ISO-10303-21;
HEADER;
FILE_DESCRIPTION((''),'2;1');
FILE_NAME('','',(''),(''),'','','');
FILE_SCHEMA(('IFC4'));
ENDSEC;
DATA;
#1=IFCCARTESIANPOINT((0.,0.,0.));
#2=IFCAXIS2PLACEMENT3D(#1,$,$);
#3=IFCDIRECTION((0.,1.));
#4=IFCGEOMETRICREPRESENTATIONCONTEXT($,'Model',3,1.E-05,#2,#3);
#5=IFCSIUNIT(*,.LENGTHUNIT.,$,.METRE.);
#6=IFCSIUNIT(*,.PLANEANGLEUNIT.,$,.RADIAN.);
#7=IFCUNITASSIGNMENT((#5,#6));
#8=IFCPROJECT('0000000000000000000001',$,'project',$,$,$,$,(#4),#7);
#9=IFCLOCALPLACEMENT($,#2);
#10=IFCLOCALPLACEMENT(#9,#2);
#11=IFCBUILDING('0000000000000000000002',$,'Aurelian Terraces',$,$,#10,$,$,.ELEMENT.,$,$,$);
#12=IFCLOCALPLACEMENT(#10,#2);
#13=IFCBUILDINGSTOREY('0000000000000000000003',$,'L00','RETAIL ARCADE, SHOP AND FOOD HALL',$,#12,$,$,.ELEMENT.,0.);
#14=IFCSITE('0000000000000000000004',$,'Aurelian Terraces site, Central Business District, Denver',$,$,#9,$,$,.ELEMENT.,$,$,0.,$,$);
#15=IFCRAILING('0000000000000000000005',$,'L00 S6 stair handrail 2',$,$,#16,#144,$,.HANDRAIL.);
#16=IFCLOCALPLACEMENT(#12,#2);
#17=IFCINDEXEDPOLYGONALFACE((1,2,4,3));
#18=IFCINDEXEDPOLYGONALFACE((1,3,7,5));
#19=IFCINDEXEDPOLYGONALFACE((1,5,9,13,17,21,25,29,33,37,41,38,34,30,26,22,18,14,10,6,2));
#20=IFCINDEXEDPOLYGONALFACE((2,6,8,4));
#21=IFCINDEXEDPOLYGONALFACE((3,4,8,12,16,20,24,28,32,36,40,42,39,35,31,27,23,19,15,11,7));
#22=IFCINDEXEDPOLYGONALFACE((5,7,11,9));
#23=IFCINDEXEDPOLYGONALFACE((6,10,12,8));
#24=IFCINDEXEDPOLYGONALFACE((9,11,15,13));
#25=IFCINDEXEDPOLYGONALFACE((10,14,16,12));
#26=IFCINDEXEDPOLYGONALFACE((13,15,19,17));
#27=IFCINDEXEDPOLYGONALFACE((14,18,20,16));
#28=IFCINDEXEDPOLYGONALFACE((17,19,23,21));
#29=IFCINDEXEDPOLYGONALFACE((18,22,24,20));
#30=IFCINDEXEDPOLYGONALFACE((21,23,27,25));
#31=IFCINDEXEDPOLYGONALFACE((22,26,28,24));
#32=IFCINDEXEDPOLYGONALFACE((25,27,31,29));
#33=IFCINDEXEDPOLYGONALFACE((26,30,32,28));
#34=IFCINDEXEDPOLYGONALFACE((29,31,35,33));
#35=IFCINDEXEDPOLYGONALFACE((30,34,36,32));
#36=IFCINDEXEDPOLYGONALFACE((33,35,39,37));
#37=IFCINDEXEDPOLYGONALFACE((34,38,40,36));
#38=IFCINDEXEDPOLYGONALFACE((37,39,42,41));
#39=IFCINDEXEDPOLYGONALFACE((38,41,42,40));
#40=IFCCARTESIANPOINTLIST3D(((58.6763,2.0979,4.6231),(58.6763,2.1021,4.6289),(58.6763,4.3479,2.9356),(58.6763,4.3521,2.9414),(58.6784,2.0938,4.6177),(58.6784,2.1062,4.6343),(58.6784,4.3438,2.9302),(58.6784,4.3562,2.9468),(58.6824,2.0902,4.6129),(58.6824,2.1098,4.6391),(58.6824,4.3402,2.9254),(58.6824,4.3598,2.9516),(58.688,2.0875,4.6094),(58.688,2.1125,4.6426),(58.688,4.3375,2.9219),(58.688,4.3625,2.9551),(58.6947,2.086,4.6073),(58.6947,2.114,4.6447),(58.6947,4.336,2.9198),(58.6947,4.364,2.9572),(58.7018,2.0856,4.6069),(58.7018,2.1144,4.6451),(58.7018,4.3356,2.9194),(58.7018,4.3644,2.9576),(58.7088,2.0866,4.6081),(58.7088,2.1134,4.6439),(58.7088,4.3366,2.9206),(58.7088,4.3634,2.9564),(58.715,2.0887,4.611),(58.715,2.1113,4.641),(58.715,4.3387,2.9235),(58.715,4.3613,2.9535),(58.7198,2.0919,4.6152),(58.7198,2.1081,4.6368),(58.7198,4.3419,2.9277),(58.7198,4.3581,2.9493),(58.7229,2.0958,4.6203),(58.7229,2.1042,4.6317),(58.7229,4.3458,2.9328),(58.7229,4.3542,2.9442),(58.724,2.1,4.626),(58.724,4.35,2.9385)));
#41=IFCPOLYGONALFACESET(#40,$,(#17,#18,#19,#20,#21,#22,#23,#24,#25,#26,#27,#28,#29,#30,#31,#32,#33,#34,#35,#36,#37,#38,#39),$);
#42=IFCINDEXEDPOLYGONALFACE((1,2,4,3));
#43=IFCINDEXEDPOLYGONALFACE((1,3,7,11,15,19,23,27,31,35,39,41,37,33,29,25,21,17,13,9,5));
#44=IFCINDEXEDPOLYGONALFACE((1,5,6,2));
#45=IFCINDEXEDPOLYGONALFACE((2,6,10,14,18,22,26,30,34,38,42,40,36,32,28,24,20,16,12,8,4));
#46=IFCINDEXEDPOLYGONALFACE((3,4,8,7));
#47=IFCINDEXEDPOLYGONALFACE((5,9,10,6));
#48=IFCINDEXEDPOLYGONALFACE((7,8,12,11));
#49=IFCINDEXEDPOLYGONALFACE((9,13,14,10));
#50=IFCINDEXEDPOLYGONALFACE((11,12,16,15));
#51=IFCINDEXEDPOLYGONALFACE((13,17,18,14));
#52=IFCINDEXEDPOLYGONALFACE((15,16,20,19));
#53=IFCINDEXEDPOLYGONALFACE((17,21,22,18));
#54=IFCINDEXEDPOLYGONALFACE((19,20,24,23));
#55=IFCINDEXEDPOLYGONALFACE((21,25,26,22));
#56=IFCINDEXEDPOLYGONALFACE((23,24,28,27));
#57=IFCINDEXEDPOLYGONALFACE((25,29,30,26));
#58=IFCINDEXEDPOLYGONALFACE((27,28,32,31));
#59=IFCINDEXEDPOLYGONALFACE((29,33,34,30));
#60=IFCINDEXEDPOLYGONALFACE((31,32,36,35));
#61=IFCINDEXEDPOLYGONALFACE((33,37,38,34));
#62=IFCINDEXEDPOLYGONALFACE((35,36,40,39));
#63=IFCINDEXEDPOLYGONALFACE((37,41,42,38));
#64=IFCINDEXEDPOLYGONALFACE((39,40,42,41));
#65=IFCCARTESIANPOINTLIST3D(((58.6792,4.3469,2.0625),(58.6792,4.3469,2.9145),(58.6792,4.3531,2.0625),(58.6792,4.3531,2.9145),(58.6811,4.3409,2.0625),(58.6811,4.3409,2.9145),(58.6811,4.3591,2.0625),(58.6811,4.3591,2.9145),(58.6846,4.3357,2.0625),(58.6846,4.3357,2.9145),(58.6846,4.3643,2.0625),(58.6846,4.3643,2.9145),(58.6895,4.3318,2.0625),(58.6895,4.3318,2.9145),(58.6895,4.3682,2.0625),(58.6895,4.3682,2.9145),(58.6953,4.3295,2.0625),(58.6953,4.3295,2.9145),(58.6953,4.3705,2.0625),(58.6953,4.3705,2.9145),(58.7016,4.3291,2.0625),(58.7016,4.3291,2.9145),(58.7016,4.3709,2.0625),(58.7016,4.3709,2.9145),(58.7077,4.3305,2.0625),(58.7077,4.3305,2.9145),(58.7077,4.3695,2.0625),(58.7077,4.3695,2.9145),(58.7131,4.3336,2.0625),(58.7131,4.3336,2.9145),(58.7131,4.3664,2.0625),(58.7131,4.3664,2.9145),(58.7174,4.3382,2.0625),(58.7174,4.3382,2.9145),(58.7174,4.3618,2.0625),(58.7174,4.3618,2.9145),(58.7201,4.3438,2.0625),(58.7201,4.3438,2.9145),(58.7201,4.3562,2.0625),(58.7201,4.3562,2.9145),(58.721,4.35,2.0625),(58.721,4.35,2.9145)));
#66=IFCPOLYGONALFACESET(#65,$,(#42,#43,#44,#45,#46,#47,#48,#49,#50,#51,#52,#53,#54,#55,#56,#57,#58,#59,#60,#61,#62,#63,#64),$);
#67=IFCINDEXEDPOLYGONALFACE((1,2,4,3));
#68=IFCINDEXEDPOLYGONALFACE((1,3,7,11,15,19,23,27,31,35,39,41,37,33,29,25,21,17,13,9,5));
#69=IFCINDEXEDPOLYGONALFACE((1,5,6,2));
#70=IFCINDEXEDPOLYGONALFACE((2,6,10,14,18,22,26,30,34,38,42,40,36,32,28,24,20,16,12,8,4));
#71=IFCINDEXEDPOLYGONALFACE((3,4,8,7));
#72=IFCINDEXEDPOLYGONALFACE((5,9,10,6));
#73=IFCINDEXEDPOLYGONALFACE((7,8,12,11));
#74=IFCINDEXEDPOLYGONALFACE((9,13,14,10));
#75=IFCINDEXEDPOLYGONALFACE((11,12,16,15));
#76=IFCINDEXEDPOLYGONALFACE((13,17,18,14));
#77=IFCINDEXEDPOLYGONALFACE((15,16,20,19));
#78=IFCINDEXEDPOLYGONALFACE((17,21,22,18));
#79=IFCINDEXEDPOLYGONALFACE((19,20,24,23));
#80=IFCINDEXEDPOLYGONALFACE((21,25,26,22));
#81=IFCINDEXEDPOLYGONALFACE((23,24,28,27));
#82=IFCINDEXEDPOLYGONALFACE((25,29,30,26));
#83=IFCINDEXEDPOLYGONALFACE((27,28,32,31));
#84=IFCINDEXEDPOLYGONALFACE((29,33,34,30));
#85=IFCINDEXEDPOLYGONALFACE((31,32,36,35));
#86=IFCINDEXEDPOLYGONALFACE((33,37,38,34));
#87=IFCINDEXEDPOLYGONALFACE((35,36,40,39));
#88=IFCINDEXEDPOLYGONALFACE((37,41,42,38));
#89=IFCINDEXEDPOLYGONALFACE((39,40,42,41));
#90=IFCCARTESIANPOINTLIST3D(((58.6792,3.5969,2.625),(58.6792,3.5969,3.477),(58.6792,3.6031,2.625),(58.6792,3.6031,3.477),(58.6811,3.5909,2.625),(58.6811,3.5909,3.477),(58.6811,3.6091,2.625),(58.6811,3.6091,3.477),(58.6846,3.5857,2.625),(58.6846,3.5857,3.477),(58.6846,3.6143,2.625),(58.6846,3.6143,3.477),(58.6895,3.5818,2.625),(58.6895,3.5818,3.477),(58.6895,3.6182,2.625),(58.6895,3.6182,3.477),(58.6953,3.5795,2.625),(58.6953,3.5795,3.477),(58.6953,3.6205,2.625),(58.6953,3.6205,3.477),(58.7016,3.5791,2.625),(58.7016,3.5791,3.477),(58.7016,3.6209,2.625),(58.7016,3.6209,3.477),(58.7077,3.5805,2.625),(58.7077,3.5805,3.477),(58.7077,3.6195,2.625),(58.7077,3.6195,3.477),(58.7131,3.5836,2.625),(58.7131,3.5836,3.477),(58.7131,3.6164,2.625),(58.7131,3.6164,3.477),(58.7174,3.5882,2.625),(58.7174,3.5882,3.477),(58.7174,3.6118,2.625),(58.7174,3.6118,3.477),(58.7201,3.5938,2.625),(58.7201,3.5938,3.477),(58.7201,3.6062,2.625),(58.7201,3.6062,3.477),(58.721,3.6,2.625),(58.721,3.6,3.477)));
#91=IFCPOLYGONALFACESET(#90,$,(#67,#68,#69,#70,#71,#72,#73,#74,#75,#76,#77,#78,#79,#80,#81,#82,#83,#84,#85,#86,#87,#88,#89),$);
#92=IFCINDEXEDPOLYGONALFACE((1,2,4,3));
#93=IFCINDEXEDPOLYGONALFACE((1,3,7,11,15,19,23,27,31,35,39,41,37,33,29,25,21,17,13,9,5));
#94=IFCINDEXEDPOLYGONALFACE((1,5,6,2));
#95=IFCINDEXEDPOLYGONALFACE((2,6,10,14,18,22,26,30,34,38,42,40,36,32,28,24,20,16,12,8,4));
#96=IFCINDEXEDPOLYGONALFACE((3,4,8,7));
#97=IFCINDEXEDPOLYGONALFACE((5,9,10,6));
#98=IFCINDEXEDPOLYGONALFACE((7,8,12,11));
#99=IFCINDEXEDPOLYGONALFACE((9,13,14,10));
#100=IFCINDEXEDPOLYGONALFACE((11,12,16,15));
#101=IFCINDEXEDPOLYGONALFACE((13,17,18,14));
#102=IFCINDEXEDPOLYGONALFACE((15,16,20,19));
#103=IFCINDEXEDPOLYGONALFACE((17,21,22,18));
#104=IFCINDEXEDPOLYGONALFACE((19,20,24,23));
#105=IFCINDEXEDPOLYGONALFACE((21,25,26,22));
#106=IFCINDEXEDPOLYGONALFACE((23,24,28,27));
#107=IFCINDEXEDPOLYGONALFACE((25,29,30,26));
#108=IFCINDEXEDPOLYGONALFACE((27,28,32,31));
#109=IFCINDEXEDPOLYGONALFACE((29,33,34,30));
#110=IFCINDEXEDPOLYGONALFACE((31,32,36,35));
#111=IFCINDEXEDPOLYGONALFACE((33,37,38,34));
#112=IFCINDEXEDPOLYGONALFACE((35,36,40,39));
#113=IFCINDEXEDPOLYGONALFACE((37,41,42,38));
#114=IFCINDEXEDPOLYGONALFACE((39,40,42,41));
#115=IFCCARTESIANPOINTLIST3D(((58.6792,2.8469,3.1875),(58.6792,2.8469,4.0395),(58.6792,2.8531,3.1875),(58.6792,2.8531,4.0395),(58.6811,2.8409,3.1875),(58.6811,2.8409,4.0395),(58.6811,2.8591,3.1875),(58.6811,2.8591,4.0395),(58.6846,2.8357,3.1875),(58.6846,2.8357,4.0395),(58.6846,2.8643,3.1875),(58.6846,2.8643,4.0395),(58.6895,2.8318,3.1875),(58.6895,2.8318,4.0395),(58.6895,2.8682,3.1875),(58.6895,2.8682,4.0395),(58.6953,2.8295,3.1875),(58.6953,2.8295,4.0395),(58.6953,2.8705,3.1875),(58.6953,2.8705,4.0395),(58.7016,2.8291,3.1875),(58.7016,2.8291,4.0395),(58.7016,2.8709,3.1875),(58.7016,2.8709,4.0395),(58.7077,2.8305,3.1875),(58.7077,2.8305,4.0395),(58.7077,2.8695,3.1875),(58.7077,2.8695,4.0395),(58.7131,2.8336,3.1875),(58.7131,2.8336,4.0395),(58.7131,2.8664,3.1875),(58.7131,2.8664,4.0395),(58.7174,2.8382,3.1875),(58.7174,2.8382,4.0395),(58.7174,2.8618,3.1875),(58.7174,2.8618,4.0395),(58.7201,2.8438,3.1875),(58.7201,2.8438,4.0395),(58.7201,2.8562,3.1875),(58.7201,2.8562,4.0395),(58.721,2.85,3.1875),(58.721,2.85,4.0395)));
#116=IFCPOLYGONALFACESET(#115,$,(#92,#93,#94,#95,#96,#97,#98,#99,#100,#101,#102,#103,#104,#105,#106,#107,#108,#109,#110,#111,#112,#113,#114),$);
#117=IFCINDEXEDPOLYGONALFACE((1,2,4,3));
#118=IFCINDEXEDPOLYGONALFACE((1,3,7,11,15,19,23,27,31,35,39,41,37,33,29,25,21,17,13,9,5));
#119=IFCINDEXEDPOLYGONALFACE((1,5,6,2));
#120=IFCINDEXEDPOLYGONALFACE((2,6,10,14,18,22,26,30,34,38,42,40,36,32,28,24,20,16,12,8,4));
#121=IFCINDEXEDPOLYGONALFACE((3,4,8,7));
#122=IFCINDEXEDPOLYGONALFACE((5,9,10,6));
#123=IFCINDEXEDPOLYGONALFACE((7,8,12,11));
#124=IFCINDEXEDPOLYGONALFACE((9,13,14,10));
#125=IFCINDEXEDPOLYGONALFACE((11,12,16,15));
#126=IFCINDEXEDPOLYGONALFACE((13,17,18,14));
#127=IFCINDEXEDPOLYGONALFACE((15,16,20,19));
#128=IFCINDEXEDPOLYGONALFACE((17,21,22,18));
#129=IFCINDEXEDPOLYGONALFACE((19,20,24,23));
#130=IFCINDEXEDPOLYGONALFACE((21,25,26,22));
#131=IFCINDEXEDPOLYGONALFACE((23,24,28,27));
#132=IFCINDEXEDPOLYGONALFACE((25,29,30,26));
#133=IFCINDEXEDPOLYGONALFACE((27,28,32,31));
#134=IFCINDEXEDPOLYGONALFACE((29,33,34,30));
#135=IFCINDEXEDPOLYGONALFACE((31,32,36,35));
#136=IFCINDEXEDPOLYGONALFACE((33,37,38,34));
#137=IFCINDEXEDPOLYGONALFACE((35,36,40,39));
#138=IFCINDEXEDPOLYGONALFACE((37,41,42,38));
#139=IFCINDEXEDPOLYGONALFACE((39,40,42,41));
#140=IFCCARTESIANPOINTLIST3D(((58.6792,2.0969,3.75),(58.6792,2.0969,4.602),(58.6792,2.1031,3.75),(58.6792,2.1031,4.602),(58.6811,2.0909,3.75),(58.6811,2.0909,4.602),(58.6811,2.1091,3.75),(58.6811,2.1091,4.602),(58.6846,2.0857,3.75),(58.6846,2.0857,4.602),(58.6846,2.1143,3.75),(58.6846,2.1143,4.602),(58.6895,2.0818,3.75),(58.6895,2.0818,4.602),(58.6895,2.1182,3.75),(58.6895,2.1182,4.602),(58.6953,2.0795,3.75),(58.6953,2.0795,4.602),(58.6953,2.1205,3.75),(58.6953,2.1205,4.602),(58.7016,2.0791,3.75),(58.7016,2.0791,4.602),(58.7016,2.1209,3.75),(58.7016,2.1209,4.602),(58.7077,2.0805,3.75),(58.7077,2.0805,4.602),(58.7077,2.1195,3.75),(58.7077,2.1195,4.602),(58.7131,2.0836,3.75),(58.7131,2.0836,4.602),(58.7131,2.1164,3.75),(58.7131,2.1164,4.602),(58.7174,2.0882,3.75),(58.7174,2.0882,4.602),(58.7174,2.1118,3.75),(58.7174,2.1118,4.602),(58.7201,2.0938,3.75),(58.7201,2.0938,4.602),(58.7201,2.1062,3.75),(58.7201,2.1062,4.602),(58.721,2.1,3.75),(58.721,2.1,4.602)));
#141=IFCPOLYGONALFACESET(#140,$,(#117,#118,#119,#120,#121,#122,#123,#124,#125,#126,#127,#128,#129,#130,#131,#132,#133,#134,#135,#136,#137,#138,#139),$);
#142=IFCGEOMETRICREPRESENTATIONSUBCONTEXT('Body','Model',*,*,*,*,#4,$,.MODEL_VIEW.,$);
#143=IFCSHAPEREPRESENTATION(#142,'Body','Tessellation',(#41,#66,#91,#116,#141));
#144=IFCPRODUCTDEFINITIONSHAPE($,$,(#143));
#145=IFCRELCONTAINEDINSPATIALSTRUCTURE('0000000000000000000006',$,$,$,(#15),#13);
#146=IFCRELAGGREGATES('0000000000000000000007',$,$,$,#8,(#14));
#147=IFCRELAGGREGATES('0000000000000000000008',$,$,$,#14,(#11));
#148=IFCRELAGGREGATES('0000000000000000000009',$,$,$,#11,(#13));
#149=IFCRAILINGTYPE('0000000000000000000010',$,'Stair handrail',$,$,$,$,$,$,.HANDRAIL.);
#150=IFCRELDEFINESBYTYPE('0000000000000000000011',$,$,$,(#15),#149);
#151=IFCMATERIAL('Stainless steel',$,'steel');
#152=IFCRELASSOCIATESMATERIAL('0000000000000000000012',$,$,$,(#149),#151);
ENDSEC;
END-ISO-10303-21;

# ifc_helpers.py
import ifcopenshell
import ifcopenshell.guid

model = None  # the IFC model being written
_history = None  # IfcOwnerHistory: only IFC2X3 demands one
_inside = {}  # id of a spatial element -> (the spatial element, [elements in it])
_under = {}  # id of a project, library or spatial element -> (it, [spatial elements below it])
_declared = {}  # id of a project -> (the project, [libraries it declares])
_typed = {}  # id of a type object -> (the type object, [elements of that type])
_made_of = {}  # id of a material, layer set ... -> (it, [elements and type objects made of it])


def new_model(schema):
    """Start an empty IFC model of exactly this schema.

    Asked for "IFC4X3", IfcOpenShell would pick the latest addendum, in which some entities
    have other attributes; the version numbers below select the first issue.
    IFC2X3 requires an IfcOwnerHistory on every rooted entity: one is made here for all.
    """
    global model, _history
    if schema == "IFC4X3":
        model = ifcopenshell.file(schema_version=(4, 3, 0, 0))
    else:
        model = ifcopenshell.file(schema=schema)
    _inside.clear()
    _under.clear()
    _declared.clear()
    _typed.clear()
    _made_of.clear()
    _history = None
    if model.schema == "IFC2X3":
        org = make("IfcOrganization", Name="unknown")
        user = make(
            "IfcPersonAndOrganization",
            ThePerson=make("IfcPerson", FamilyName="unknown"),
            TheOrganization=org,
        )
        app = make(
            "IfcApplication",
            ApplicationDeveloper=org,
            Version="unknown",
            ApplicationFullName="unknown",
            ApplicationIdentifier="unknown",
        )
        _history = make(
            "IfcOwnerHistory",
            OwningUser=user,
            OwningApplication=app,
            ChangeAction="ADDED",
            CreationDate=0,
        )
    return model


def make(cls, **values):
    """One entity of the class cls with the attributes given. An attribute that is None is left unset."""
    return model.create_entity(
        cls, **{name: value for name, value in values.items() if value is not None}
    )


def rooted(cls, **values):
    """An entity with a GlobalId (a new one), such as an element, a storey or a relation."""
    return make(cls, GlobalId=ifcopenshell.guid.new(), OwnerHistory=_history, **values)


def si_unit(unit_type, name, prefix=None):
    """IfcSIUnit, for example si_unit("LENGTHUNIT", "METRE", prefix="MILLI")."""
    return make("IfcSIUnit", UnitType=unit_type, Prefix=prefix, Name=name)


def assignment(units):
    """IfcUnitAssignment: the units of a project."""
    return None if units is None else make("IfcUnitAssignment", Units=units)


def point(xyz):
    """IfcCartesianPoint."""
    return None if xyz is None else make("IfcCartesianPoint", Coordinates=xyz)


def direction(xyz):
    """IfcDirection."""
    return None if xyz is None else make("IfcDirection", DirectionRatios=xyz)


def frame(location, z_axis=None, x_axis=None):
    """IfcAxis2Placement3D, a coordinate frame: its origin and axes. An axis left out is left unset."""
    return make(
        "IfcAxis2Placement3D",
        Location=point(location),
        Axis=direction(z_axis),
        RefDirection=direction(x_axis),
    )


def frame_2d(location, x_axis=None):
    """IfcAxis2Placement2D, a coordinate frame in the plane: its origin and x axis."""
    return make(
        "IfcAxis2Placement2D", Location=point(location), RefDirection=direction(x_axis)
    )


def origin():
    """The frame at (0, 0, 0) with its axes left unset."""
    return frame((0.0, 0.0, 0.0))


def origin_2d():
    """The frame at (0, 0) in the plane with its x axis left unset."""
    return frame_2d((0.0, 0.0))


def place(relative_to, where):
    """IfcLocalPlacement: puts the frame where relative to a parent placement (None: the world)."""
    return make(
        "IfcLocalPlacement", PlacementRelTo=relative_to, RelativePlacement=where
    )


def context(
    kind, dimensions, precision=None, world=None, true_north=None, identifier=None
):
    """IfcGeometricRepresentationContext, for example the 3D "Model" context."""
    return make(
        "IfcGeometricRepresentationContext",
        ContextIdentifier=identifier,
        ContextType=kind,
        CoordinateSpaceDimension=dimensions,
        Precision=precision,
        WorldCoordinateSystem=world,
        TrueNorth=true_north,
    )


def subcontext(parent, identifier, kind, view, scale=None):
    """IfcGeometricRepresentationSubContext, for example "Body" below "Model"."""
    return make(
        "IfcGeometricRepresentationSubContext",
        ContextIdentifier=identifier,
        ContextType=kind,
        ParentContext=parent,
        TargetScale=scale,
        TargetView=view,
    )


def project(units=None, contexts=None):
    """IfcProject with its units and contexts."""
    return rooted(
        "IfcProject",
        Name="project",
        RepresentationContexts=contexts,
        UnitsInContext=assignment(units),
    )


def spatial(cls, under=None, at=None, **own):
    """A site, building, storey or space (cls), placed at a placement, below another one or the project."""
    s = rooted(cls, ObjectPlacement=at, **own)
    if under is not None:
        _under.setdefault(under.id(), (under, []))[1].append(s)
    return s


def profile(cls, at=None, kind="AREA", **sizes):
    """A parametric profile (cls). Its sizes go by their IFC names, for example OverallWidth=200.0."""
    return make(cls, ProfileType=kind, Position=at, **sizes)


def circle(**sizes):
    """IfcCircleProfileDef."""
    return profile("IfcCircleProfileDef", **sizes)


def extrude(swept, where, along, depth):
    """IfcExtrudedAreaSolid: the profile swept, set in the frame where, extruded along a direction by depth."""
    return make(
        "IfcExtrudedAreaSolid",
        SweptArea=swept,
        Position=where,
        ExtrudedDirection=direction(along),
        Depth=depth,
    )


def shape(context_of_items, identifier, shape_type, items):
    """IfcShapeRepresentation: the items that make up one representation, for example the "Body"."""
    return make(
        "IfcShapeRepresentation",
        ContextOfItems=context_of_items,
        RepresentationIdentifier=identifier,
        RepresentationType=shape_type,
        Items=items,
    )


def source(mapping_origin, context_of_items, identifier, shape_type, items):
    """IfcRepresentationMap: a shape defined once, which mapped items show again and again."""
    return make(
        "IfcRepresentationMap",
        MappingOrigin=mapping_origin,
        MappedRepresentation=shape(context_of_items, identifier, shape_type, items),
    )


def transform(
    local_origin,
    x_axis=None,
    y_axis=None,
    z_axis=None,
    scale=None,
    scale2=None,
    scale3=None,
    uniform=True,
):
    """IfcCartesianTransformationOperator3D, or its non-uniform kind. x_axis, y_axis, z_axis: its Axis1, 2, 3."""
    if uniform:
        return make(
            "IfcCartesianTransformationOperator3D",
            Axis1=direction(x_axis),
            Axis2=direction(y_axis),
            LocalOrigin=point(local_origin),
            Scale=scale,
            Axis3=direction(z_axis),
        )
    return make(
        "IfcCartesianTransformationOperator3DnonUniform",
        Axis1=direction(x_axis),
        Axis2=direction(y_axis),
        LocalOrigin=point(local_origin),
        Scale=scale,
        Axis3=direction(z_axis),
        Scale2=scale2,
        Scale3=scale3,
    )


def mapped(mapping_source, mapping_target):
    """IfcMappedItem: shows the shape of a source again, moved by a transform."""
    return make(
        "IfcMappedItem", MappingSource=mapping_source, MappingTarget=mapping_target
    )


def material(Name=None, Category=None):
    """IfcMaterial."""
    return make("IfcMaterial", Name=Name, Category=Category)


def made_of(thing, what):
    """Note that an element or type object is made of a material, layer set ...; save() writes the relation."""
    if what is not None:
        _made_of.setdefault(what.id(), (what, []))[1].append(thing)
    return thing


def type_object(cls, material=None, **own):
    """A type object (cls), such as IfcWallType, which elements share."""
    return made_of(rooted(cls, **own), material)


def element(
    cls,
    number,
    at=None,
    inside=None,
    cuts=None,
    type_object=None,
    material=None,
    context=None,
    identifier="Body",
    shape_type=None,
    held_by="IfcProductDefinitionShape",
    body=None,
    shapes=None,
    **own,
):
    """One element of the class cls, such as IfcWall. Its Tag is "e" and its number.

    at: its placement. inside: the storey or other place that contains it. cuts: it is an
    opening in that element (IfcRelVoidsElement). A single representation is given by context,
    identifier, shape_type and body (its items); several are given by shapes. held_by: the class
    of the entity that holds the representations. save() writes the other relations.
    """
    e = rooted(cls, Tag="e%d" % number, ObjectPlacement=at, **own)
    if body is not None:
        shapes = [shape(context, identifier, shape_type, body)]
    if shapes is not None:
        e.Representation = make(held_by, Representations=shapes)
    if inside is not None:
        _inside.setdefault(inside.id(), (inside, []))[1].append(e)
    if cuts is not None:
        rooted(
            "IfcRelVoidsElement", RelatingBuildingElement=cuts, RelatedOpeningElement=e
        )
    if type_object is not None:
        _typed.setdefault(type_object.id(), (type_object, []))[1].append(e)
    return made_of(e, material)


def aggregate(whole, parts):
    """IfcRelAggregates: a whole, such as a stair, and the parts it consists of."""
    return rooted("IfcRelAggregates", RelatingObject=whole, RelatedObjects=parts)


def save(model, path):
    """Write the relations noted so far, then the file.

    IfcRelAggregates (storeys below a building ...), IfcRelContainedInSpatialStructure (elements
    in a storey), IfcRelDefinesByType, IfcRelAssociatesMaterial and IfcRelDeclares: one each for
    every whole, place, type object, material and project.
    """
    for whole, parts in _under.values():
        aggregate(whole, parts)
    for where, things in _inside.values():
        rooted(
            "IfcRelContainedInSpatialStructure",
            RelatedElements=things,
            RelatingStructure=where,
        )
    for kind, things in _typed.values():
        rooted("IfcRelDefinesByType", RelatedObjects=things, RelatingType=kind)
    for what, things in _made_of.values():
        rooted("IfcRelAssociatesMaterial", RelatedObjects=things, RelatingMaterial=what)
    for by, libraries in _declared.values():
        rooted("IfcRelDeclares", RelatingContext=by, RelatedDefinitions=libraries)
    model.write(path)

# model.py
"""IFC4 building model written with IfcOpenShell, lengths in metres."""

from ifc_helpers import new_model, si_unit, direction, frame, origin, origin_2d, place, context, subcontext, project, spatial, circle, extrude, source, transform, mapped, material, type_object, element, save


model = new_model("IFC4")

# Units and contexts
model_context = context("Model", 3, precision=1e-05, world=origin(), true_north=direction((0.0, 1.0)))
body_context = subcontext(model_context, "Body", "Model", "MODEL_VIEW")
ifc_project = project(units=[si_unit("LENGTHUNIT", "METRE"), si_unit("PLANEANGLEUNIT", "RADIAN")], contexts=[model_context])

# Site, building, storey
site_placement = place(None, origin())
site = spatial("IfcSite", under=ifc_project, at=site_placement, Name="Aurelian Terraces site, Central Business District, Denver", CompositionType="ELEMENT", RefElevation=0.0)
building_placement = place(site_placement, origin())
building = spatial("IfcBuilding", under=site, at=building_placement, Name="Aurelian Terraces", CompositionType="ELEMENT")
storey_placement = place(building_placement, origin())
storey = spatial("IfcBuildingStorey", under=building, at=storey_placement, Name="L00", Description="RETAIL ARCADE, SHOP AND FOOD HALL", CompositionType="ELEMENT", Elevation=0.0)

# Railing
ifc_material_1 = material(Name="Stainless steel", Category="steel")
railing_type_1 = type_object("IfcRailingType", Name="Stair handrail", PredefinedType="HANDRAIL", material=ifc_material_1)
shared_shape_1 = source(origin(), body_context, "Body", "SweptSolid", [
    extrude(circle(Radius=0.024, at=origin_2d()), frame((0.0, 0.0, 0.876), z_axis=(0.0, -0.8, 0.6), x_axis=(1.0, 0.0, 0.0)), (0.0, 0.0, 1.0), 2.8125),
    extrude(circle(Radius=0.021, at=origin_2d()), origin(), (0.0, 0.0, 1.0), 0.852),
    extrude(circle(Radius=0.021, at=origin_2d()), frame((0.0, -0.75, 0.5625)), (0.0, 0.0, 1.0), 0.852),
    extrude(circle(Radius=0.021, at=origin_2d()), frame((0.0, -1.5, 1.125)), (0.0, 0.0, 1.0), 0.852),
    extrude(circle(Radius=0.021, at=origin_2d()), frame((0.0, -2.25, 1.6875)), (0.0, 0.0, 1.0), 0.852),
])
for number, where, name in (
    (1, (58.7, 4.35, 2.0625), "L00 S6 stair handrail 2"),
):
    element("IfcRailing", number, at=place(storey_placement, frame(where)), inside=storey, type_object=railing_type_1, Name=name, PredefinedType="HANDRAIL", context=body_context, shape_type="MappedRepresentation", body=[
        mapped(shared_shape_1, transform((0.0, 0.0, 0.0), scale=1.0)),
    ])

save(model, "model.ifc")
